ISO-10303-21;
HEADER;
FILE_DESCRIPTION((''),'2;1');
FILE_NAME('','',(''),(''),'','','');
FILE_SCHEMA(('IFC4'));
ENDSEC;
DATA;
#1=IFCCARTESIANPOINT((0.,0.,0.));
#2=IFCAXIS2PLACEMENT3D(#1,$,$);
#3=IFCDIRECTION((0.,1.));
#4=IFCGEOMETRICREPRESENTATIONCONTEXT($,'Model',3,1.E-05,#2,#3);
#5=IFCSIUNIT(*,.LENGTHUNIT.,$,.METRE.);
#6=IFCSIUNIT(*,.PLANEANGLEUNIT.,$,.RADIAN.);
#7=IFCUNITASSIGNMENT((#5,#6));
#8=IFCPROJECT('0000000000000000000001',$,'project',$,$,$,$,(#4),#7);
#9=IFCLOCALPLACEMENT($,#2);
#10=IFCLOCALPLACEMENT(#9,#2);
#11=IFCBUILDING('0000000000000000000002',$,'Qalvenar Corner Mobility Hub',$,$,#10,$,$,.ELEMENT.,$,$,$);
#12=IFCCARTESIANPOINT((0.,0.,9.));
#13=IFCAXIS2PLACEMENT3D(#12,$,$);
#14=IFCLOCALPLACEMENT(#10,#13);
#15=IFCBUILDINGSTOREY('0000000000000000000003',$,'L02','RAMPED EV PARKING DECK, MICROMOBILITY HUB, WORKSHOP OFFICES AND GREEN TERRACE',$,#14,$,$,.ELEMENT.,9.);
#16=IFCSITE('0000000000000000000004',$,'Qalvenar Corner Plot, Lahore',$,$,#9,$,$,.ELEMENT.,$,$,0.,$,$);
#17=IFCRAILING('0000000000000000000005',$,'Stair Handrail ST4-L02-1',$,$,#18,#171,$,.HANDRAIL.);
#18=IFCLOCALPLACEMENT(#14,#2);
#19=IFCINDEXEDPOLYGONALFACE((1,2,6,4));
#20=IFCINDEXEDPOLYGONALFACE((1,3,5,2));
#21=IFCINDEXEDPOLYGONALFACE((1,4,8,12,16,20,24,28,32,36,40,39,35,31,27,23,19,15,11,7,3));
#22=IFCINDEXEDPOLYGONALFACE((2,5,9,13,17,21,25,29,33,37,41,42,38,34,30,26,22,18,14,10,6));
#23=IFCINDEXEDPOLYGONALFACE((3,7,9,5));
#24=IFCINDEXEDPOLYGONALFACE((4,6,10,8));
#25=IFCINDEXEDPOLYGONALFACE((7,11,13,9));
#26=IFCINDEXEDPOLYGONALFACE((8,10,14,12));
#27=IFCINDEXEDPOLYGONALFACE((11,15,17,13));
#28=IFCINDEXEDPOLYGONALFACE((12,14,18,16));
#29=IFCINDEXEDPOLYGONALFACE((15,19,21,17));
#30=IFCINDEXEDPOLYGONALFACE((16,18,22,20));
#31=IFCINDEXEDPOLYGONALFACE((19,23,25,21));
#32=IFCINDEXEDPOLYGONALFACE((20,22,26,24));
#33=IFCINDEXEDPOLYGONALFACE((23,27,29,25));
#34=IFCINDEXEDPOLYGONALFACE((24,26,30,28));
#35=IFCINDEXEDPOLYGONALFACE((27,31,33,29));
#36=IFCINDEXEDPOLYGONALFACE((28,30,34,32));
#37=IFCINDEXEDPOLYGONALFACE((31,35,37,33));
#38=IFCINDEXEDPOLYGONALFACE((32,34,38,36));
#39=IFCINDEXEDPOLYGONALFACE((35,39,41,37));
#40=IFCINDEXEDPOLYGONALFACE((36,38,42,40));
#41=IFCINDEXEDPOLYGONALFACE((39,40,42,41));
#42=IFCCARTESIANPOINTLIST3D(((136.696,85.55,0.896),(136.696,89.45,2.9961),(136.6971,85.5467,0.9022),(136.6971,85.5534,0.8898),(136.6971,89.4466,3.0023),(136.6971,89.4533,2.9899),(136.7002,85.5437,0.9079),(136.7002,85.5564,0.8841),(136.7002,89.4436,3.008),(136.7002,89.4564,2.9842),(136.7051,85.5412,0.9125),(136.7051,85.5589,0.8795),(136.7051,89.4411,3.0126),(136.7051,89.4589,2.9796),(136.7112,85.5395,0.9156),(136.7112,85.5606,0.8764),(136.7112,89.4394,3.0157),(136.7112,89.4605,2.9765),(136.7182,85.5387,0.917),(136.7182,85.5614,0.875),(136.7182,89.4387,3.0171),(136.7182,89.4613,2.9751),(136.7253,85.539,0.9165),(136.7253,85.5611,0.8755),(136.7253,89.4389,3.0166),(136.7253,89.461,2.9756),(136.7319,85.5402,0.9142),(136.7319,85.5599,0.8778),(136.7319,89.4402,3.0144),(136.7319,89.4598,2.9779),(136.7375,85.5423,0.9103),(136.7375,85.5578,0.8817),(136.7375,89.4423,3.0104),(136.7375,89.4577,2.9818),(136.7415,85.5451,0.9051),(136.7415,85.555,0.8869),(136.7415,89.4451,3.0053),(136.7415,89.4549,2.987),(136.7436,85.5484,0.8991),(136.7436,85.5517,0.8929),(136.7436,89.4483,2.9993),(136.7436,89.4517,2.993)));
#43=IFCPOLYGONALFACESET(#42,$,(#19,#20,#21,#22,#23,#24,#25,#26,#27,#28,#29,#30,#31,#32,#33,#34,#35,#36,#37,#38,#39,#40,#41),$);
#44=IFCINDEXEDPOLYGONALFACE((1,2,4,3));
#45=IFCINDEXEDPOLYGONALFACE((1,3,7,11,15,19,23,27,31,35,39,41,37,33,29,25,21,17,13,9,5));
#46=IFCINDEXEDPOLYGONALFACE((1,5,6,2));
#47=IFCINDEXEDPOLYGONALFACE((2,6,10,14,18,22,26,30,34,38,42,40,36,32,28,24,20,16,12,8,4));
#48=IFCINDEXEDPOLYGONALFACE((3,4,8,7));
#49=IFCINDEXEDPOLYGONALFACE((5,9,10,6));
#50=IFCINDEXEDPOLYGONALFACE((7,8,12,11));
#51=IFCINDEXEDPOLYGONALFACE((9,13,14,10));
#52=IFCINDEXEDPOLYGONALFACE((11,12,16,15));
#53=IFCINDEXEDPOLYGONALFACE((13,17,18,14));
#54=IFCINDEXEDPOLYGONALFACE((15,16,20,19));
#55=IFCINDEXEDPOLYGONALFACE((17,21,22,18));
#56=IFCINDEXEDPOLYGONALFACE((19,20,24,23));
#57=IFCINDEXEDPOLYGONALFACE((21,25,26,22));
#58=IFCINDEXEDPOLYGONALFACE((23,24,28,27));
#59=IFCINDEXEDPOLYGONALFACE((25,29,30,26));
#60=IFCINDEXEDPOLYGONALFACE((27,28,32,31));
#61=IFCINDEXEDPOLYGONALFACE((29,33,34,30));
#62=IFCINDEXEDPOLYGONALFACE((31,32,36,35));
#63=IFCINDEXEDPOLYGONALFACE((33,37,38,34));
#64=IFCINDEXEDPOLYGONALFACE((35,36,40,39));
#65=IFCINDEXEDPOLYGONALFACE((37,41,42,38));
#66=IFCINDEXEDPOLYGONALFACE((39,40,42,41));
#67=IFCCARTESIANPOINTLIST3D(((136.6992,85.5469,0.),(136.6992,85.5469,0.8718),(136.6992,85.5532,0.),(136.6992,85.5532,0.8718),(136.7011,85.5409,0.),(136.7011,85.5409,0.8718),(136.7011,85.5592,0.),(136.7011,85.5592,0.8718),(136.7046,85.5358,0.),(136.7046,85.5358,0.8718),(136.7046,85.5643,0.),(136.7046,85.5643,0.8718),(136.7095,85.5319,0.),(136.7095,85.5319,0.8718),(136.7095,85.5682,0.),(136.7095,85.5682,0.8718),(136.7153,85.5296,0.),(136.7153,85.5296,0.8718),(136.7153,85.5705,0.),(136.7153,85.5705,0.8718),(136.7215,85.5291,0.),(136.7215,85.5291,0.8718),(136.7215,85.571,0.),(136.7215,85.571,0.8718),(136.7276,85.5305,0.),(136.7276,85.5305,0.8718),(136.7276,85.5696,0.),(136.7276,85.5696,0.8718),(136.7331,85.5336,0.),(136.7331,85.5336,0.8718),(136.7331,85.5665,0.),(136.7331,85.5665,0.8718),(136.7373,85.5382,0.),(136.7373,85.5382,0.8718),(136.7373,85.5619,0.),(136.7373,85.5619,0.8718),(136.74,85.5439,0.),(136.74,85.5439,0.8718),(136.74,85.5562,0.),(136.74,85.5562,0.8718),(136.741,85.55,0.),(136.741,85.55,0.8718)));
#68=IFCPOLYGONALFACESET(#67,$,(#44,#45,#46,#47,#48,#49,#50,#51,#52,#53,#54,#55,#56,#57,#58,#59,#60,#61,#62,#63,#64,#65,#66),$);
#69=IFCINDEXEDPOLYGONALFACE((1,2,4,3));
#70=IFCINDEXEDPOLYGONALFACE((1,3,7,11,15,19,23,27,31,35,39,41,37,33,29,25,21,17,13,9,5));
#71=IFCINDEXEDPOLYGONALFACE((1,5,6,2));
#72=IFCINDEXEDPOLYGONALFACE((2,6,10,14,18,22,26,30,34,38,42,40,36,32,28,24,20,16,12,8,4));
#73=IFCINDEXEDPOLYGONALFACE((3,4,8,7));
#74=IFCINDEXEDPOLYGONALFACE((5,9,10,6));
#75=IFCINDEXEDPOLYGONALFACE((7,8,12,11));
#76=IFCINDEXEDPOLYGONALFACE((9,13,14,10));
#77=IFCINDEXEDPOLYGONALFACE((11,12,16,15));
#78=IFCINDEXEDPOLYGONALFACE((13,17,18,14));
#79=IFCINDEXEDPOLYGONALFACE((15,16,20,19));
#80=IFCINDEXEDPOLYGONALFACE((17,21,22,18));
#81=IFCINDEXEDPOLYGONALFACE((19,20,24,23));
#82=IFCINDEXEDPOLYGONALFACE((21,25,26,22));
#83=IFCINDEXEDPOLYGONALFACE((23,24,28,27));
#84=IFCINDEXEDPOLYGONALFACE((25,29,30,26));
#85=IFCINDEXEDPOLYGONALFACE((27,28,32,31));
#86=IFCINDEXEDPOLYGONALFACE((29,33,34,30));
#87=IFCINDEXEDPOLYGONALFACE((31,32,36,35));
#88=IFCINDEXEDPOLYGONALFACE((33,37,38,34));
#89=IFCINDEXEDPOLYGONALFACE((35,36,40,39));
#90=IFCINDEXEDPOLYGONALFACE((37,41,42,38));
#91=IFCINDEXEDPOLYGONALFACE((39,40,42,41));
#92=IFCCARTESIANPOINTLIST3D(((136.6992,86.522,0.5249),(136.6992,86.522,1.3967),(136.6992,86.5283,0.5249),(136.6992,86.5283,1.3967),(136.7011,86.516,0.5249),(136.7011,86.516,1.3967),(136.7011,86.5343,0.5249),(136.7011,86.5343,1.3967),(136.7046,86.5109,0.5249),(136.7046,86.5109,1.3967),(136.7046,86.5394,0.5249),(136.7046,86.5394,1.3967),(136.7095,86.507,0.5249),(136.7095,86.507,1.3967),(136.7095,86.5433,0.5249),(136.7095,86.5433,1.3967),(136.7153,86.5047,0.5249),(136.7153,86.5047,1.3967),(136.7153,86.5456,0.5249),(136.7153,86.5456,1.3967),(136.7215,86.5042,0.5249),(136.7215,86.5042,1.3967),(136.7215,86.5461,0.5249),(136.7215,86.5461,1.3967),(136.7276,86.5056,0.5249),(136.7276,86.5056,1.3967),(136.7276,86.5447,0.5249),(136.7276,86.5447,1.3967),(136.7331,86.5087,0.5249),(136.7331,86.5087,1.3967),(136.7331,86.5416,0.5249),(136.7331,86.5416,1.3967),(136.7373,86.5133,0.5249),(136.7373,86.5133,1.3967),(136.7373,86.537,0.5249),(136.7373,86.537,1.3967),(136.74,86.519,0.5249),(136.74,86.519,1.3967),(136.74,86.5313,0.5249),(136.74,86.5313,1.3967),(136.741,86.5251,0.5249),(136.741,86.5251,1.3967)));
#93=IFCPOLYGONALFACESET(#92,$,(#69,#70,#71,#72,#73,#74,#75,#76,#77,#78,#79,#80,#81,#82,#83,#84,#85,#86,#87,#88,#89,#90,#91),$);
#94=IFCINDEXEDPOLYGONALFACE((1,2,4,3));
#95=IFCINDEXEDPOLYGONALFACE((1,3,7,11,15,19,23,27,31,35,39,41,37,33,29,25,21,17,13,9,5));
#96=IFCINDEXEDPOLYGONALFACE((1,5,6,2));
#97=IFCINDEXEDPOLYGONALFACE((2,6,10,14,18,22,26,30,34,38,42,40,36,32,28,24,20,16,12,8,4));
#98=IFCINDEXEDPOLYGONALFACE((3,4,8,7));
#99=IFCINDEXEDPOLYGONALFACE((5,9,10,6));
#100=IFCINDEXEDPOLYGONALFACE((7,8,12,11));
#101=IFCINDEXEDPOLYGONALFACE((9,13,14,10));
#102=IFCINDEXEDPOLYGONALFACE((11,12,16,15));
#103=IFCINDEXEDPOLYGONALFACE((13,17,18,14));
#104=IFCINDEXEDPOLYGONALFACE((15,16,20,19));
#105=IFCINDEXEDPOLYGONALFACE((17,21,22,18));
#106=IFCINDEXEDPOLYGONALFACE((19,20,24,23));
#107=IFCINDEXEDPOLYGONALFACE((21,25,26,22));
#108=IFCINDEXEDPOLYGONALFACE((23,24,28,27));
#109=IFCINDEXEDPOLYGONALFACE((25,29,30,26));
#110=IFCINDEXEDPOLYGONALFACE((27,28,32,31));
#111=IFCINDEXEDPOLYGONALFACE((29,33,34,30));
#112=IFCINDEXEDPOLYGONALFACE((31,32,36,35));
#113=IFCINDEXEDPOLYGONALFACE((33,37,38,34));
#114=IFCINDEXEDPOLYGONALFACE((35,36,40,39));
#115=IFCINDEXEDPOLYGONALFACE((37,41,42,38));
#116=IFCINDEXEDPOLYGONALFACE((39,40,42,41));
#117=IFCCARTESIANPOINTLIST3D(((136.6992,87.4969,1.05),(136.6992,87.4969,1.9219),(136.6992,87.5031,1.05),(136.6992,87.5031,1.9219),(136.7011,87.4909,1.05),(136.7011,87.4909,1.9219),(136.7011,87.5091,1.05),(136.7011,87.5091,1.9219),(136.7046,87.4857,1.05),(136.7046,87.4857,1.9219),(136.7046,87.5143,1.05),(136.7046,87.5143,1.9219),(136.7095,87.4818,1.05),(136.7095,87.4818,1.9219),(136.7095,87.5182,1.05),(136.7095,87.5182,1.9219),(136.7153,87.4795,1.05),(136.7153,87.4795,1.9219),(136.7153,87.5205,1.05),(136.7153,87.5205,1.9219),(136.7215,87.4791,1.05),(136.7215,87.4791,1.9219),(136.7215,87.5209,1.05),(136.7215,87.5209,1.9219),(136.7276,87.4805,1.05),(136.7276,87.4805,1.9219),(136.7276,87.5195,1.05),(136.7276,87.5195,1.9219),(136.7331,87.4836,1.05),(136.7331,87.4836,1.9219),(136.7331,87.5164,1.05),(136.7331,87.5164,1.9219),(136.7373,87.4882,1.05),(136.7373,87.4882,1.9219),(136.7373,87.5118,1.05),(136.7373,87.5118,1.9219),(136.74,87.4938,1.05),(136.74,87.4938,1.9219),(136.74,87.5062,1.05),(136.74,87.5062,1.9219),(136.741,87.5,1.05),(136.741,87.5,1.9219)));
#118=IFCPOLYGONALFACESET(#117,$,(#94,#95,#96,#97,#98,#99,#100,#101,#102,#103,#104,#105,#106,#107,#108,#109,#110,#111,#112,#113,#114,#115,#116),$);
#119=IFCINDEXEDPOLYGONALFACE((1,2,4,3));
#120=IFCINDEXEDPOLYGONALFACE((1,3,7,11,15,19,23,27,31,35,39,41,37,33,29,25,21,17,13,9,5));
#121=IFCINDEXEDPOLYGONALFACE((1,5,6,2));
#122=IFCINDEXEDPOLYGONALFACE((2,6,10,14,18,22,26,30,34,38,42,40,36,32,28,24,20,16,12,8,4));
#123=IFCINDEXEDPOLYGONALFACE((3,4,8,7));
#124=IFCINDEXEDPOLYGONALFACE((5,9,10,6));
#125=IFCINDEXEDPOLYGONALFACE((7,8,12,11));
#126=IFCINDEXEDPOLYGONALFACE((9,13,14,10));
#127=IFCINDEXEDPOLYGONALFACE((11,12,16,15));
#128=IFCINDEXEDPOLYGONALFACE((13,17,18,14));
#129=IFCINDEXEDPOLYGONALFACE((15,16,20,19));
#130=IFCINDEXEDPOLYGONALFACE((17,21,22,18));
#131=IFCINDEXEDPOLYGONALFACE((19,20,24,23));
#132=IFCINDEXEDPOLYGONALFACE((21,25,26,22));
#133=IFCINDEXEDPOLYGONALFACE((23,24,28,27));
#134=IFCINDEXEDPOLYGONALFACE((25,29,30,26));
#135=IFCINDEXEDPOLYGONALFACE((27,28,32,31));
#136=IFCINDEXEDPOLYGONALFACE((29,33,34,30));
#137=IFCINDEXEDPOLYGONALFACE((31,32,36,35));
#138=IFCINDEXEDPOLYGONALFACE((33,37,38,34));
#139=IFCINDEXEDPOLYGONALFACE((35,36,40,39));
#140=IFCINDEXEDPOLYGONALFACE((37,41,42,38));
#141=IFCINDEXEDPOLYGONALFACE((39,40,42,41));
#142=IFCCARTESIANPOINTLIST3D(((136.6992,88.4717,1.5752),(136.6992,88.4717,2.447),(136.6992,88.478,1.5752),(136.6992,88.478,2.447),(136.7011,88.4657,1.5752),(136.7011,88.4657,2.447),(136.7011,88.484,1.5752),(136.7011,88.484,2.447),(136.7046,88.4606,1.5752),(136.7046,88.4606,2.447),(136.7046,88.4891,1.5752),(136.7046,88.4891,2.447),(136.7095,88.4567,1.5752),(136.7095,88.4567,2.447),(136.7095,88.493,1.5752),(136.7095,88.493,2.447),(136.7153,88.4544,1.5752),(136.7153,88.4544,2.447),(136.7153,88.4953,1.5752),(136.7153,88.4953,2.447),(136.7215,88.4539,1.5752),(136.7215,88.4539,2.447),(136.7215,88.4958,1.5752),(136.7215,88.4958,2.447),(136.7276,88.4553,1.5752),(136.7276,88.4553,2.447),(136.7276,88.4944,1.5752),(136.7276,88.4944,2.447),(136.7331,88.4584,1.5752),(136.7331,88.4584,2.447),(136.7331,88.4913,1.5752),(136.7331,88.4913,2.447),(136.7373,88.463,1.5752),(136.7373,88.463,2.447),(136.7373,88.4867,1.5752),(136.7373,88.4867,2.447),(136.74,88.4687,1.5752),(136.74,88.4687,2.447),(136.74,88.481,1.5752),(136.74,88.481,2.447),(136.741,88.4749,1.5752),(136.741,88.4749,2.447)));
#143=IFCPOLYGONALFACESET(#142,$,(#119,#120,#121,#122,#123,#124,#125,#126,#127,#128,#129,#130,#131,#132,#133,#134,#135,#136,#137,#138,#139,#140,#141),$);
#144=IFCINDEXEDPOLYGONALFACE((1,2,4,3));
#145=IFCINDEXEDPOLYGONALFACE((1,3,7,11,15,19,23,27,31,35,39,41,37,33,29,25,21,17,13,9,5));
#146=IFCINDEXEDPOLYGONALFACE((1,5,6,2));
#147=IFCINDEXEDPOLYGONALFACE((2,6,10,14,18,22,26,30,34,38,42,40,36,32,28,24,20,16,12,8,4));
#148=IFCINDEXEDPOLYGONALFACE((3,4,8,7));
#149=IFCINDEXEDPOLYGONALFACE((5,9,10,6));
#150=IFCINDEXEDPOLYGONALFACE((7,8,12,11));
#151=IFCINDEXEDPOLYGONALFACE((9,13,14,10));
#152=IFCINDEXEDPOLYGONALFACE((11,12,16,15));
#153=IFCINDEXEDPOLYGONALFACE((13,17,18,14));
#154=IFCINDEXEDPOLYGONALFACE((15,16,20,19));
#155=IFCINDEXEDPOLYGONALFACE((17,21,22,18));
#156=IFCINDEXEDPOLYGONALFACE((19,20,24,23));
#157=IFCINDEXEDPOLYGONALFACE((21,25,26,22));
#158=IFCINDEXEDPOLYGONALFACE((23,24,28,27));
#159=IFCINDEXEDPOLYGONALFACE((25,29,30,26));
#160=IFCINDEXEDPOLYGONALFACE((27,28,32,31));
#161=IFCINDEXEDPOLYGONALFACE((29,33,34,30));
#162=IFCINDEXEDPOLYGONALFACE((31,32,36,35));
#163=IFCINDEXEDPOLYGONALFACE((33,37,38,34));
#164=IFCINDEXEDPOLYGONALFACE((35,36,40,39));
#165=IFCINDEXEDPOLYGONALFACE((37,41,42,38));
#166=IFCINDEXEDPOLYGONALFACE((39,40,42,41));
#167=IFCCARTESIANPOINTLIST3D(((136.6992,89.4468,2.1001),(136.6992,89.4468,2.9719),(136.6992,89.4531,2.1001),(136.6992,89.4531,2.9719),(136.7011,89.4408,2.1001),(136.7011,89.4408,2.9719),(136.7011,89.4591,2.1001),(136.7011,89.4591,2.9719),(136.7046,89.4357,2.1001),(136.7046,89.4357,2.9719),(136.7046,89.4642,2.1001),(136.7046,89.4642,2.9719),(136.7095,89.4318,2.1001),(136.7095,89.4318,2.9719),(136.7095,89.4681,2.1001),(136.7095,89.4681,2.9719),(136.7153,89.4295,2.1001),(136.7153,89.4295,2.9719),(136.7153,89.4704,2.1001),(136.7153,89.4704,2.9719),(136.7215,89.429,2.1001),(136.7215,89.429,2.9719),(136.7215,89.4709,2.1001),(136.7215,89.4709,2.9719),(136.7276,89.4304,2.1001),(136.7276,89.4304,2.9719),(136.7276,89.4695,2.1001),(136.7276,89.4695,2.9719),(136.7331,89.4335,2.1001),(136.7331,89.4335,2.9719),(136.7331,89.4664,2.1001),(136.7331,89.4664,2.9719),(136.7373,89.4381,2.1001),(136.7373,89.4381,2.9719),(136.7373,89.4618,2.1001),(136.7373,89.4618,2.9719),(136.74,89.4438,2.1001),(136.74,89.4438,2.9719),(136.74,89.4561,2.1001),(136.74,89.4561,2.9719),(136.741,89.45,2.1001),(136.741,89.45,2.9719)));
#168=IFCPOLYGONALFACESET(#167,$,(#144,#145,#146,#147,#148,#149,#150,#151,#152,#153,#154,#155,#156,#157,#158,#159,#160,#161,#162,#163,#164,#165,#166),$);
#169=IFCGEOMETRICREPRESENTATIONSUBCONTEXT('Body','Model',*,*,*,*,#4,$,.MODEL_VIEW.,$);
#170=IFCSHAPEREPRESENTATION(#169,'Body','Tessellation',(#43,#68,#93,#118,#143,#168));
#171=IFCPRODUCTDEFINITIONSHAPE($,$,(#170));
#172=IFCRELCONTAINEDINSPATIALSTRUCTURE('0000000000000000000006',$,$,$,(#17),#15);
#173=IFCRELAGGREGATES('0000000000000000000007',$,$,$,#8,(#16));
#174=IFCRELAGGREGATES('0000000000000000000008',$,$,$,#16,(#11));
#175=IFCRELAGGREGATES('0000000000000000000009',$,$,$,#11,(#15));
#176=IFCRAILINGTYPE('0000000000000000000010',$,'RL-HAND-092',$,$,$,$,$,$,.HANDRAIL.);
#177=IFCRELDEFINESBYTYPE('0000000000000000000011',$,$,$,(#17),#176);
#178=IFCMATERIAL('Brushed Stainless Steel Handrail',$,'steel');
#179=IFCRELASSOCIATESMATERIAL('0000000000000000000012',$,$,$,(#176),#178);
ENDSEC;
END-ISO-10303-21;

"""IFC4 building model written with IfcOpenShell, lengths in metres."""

from ifc_helpers import new_model, si_unit, direction, frame, origin, origin_2d, place, context, subcontext, project, spatial, circle, extrude, material, type_object, element, save


model = new_model("IFC4")

# Units and contexts
model_context = context("Model", 3, precision=1e-05, world=origin(), true_north=direction((0.0, 1.0)))
body_context = subcontext(model_context, "Body", "Model", "MODEL_VIEW")
ifc_project = project(units=[si_unit("LENGTHUNIT", "METRE"), si_unit("PLANEANGLEUNIT", "RADIAN")], contexts=[model_context])

# Site, building, storey
site_placement = place(None, origin())
site = spatial("IfcSite", under=ifc_project, at=site_placement, Name="Qalvenar Corner Plot, Lahore", CompositionType="ELEMENT", RefElevation=0.0)
building_placement = place(site_placement, origin())
building = spatial("IfcBuilding", under=site, at=building_placement, Name="Qalvenar Corner Mobility Hub", CompositionType="ELEMENT")
storey_placement = place(building_placement, frame((0.0, 0.0, 9.0)))
storey = spatial("IfcBuildingStorey", under=building, at=storey_placement, Name="L02", Description="RAMPED EV PARKING DECK, MICROMOBILITY HUB, WORKSHOP OFFICES AND GREEN TERRACE", CompositionType="ELEMENT", Elevation=9.0)

# Railing
ifc_material_1 = material(Name="Brushed Stainless Steel Handrail", Category="steel")
railing_type_1 = type_object("IfcRailingType", Name="RL-HAND-092", PredefinedType="HANDRAIL", material=ifc_material_1)
railing_1_placement = place(storey_placement, frame((136.72, 85.55, 0.0)))
element("IfcRailing", 1, at=railing_1_placement, inside=storey, type_object=railing_type_1, Name="Stair Handrail ST4-L02-1", PredefinedType="HANDRAIL", context=body_context, shape_type="SweptSolid", body=[
    extrude(circle(Radius=0.0239, at=origin_2d()), frame((0.0, 0.0, 0.896), z_axis=(0.0, 0.880457, 0.474126), x_axis=(-1.0, 0.0, 0.0)), (0.0, 0.0, 1.0), 4.4294),
    extrude(circle(Radius=0.021, at=origin_2d()), origin(), (0.0, 0.0, 1.0), 0.8718),
    extrude(circle(Radius=0.021, at=origin_2d()), frame((0.0, 0.9751, 0.5249)), (0.0, 0.0, 1.0), 0.8718),
    extrude(circle(Radius=0.021, at=origin_2d()), frame((0.0, 1.95, 1.05)), (0.0, 0.0, 1.0), 0.8718),
    extrude(circle(Radius=0.021, at=origin_2d()), frame((0.0, 2.9248, 1.5752)), (0.0, 0.0, 1.0), 0.8718),
    extrude(circle(Radius=0.021, at=origin_2d()), frame((0.0, 3.8999, 2.1001)), (0.0, 0.0, 1.0), 0.8718),
])

save(model, "model.ifc")
